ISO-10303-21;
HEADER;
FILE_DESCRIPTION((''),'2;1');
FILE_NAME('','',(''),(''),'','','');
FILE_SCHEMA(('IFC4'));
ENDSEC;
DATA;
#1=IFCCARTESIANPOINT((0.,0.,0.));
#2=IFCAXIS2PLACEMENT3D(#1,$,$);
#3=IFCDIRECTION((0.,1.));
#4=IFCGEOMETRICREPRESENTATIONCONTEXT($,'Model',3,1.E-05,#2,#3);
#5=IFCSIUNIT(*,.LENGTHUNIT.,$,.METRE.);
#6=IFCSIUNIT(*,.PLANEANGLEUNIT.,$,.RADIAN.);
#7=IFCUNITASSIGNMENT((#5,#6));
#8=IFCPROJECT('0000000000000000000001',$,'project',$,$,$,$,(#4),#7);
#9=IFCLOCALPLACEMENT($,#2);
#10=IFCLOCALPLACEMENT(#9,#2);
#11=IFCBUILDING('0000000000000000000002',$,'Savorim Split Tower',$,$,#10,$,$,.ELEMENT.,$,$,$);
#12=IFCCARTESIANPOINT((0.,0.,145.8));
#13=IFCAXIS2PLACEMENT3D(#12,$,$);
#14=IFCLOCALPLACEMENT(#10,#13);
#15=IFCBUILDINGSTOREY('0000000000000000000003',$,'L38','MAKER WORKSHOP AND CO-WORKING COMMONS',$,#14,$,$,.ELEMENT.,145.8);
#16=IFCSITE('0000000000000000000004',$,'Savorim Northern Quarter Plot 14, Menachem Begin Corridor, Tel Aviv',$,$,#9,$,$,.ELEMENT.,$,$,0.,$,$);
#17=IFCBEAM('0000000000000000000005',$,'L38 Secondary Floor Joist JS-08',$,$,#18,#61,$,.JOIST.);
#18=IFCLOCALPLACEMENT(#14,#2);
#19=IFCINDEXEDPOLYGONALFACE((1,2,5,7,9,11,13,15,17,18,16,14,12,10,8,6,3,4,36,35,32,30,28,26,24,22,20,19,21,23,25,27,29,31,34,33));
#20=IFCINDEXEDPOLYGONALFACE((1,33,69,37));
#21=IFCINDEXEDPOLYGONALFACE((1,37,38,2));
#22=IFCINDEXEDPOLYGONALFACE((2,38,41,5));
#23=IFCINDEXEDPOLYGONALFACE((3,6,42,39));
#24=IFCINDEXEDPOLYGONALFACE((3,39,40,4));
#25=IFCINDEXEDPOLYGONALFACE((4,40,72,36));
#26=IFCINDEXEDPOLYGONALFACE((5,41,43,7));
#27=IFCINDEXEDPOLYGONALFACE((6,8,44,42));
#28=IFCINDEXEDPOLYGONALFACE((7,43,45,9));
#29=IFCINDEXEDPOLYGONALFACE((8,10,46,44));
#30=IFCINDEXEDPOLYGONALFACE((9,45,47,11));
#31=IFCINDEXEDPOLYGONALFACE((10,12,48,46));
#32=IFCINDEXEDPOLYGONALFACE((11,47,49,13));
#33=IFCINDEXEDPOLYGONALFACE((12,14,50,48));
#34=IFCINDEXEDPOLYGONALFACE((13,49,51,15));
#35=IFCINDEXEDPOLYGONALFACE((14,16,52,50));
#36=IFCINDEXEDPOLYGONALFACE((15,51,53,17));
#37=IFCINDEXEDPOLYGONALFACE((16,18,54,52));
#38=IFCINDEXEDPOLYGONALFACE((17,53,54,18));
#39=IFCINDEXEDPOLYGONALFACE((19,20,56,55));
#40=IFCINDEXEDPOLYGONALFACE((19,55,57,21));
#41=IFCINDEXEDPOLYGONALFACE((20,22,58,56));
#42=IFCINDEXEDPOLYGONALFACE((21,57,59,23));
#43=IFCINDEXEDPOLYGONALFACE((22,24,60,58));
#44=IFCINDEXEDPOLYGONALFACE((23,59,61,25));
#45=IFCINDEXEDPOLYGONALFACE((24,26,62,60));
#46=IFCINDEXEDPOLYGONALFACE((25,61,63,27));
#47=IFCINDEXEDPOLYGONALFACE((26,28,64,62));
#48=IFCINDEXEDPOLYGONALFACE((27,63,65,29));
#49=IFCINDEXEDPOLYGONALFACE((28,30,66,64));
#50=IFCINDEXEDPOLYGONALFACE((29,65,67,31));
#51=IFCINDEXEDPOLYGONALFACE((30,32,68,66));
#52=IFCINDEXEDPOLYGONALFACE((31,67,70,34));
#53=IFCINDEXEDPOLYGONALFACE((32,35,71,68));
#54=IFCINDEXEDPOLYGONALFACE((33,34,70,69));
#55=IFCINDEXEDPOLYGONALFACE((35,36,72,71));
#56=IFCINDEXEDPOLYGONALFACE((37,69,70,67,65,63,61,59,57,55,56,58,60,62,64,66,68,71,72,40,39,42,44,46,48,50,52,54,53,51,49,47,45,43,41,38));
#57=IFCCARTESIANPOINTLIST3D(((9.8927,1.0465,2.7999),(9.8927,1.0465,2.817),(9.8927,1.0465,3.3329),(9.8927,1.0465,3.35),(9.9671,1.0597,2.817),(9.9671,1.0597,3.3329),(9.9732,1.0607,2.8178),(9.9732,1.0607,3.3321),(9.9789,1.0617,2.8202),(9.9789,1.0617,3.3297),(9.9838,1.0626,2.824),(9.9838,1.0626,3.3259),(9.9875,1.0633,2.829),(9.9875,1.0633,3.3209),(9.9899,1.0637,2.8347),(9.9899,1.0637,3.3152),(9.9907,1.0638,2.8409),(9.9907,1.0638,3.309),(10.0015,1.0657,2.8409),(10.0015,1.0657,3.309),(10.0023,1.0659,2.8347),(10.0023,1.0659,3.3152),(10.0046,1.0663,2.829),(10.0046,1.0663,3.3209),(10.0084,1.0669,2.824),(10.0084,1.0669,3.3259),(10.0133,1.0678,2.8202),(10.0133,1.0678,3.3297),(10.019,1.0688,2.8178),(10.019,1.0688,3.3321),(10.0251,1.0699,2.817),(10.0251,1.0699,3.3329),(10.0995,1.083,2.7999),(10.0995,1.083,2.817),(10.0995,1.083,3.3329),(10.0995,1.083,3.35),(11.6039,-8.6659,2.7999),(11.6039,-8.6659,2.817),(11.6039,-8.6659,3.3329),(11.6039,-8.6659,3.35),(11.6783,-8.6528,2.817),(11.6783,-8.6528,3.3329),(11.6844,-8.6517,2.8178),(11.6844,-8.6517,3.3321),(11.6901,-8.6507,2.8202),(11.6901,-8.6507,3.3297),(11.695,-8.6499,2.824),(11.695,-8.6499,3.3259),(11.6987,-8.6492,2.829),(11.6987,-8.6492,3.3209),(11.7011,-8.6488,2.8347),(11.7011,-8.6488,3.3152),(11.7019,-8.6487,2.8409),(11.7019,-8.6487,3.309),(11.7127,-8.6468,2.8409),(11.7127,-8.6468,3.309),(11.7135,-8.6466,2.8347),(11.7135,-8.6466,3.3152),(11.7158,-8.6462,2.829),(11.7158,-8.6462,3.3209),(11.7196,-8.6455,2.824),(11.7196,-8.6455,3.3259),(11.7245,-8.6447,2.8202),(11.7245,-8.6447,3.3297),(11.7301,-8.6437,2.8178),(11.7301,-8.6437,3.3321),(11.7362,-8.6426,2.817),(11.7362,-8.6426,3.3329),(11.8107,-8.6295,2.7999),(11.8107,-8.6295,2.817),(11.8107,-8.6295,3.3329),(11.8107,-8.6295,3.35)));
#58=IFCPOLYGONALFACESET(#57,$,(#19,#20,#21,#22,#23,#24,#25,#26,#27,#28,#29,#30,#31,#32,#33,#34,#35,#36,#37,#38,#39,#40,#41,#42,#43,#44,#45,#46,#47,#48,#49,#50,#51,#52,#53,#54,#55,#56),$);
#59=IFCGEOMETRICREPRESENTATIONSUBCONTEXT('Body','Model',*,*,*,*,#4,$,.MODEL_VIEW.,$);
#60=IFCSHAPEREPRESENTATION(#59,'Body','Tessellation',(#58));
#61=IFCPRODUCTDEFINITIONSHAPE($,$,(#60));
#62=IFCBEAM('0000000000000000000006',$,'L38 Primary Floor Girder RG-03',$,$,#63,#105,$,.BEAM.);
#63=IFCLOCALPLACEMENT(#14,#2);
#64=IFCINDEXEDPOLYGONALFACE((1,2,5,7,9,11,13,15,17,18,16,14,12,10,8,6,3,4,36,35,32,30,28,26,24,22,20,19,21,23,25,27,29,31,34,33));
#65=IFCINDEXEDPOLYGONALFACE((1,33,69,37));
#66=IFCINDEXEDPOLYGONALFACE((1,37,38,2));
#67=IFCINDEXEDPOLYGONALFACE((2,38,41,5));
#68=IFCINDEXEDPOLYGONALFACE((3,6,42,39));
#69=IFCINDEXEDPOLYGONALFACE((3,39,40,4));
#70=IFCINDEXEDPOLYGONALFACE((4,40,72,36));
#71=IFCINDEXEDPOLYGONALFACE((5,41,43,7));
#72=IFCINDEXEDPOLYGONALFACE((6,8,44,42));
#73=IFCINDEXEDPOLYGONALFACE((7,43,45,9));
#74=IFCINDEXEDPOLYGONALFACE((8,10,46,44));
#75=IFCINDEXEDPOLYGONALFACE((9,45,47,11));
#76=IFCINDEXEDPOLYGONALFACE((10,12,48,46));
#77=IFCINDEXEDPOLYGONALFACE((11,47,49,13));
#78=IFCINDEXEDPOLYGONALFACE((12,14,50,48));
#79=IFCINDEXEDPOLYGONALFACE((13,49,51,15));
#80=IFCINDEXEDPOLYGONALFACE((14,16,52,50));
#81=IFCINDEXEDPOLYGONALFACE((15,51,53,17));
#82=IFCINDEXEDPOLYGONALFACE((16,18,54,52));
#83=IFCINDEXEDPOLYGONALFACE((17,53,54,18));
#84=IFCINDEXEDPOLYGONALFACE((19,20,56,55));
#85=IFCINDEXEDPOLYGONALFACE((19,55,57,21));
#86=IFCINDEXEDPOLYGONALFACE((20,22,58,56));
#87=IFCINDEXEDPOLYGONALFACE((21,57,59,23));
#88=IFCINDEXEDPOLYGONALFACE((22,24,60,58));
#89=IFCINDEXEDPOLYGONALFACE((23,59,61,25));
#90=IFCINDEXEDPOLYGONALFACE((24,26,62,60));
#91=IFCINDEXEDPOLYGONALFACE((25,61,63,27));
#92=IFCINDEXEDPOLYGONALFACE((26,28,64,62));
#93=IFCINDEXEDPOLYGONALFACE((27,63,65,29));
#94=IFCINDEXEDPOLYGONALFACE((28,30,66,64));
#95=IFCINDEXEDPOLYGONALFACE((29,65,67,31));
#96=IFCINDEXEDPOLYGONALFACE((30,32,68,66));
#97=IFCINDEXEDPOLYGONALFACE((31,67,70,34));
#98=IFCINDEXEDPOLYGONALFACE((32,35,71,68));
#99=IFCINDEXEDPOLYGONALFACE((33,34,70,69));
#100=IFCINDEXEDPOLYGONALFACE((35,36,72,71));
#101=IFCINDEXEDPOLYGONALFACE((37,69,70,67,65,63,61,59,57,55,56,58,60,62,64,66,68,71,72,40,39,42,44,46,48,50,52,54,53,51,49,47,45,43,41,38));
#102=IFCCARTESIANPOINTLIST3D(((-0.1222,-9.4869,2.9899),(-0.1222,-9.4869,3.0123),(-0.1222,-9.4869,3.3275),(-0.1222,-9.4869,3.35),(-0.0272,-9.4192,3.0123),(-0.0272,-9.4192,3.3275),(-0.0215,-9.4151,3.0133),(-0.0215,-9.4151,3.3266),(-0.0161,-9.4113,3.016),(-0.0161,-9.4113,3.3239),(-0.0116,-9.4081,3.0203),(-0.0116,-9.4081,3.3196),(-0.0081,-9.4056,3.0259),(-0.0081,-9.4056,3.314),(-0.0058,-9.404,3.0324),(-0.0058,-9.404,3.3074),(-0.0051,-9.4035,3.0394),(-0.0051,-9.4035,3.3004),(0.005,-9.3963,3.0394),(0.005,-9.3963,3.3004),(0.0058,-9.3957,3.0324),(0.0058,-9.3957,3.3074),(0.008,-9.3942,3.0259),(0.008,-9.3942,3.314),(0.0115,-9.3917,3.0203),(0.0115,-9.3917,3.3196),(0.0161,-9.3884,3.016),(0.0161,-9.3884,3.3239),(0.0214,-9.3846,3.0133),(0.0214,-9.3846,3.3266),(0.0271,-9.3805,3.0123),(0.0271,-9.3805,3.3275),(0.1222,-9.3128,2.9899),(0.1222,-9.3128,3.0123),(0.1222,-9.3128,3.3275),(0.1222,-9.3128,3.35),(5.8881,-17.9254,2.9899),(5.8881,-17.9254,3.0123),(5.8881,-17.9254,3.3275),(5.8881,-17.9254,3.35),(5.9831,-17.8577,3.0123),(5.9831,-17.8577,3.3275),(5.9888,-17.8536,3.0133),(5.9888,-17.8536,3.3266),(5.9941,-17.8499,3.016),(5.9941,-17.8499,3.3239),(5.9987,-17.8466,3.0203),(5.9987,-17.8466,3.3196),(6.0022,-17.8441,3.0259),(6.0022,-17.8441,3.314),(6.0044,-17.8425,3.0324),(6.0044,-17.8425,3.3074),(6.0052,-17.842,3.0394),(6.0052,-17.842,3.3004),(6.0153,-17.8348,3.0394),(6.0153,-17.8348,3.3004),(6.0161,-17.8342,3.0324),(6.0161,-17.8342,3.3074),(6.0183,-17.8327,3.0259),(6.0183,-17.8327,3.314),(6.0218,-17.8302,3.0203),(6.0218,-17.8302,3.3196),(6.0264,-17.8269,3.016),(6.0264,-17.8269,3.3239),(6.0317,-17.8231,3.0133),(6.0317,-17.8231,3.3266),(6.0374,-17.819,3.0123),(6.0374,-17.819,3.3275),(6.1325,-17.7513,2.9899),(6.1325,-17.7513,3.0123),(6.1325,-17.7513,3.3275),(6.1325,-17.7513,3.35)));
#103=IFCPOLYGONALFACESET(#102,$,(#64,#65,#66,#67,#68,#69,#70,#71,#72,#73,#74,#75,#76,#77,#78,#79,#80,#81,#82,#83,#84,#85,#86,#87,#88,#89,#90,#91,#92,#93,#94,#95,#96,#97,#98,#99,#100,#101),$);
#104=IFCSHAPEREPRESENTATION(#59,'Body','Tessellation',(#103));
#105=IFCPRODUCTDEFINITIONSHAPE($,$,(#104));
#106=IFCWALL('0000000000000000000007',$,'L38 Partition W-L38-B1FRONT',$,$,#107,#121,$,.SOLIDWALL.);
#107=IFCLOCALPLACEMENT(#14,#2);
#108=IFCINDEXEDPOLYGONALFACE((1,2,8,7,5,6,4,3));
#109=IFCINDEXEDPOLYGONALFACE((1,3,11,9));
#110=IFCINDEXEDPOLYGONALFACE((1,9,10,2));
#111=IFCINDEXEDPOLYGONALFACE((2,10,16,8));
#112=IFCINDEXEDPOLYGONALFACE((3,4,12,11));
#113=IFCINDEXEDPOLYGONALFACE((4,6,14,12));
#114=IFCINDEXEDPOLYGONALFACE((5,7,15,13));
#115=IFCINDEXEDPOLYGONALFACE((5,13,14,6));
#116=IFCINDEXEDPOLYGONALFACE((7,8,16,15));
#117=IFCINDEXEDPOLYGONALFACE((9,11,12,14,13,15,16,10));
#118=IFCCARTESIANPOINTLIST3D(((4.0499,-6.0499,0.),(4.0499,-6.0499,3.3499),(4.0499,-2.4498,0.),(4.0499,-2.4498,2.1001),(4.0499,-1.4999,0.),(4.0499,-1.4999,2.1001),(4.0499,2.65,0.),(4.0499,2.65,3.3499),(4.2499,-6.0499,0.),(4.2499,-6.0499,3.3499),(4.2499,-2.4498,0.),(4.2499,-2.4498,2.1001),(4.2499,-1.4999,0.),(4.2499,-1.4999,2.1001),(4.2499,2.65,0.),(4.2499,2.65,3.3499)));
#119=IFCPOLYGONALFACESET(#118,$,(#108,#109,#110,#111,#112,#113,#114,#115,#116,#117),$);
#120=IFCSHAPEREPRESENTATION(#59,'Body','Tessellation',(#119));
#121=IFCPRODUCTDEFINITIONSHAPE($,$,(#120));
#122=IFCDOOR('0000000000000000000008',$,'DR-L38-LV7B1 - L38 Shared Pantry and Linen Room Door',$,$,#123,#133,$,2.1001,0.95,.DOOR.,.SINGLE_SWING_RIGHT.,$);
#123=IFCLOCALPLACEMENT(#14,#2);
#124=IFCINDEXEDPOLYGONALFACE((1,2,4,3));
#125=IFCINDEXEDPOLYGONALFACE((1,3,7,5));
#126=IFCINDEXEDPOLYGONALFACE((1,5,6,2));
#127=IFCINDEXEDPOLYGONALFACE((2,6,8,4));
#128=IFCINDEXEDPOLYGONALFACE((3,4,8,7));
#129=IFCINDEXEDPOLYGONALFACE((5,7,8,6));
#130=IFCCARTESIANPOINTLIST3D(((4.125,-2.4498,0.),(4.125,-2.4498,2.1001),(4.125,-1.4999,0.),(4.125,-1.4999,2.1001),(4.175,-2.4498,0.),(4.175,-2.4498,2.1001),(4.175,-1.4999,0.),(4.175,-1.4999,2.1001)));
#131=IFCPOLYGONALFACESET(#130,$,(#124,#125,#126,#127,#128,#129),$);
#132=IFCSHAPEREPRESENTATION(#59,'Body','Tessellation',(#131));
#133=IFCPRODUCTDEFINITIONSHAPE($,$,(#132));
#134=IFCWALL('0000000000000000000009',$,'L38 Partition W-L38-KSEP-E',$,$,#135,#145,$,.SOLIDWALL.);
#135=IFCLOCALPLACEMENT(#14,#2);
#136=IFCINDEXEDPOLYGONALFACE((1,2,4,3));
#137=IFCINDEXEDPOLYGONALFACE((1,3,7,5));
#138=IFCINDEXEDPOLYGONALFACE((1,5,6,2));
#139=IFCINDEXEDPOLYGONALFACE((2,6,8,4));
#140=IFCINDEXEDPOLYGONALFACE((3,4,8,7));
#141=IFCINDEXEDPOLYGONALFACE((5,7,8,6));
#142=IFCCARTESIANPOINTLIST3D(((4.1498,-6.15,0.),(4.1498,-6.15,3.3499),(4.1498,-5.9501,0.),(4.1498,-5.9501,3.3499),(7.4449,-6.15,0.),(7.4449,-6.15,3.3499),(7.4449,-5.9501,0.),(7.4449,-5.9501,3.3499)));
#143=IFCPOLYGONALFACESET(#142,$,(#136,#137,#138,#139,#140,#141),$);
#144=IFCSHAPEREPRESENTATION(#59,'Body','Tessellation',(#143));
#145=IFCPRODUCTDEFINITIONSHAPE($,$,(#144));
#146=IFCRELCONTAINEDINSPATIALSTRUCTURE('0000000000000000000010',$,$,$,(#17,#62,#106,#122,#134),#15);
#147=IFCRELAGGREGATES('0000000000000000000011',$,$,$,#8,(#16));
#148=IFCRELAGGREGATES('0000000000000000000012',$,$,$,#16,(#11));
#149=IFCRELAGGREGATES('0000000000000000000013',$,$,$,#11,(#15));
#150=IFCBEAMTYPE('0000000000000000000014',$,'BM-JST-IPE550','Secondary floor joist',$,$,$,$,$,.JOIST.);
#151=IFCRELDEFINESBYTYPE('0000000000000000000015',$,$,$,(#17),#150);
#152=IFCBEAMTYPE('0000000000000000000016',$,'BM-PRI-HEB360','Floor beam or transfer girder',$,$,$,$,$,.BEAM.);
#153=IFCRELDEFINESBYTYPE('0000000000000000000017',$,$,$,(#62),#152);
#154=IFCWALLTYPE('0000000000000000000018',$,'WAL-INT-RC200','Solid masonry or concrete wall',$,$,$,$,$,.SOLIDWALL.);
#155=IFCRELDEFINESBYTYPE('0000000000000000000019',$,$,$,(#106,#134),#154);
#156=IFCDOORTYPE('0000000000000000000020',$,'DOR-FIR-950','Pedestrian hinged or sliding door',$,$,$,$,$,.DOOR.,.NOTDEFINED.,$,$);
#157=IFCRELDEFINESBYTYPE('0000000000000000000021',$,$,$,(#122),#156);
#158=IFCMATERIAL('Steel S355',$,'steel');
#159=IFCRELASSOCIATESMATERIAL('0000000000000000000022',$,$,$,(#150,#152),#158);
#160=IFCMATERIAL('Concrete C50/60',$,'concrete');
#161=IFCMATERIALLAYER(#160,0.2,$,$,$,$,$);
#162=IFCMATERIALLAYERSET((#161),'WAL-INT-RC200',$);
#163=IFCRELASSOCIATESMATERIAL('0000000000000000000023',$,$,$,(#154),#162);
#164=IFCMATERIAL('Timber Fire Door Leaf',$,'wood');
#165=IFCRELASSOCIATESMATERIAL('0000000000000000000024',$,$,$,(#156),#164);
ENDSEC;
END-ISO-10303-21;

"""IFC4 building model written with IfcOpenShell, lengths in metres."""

from ifc_helpers import new_model, si_unit, direction, frame, frame_2d, origin, origin_2d, place, context, subcontext, project, spatial, rectangle, i_section, extrude, material, layer, layer_set, material_profile, profile_set, type_object, element, fill, save


model = new_model("IFC4")

# Units and contexts
model_context = context("Model", 3, precision=1e-05, world=origin(), true_north=direction((0.0, 1.0)))
body_context = subcontext(model_context, "Body", "Model", "MODEL_VIEW")
ifc_project = project(units=[si_unit("LENGTHUNIT", "METRE"), si_unit("PLANEANGLEUNIT", "RADIAN")], contexts=[model_context])

# Site, building, storey
site_placement = place(None, origin())
site = spatial("IfcSite", under=ifc_project, at=site_placement, Name="Savorim Northern Quarter Plot 14, Menachem Begin Corridor, Tel Aviv", CompositionType="ELEMENT", RefElevation=0.0)
building_placement = place(site_placement, origin())
building = spatial("IfcBuilding", under=site, at=building_placement, Name="Savorim Split Tower", CompositionType="ELEMENT")
storey_placement = place(building_placement, frame((0.0, 0.0, 145.8)))
storey = spatial("IfcBuildingStorey", under=building, at=storey_placement, Name="L38", Description="MAKER WORKSHOP AND CO-WORKING COMMONS", CompositionType="ELEMENT", Elevation=145.8)

# Beams
ifc_material_1 = material(Name="Steel S355", Category="steel")
ifc_material_profile_1 = material_profile(ifc_material_1, i_section(OverallWidth=0.21, OverallDepth=0.55, WebThickness=0.011, FlangeThickness=0.0171, FilletRadius=0.0239, at=origin_2d()), Name="IPE 550")
ifc_profile_set_1 = profile_set([ifc_material_profile_1], Name="Steel S355")
beam_type_1 = type_object("IfcBeamType", Name="BM-JST-IPE550", Description="Secondary floor joist", PredefinedType="JOIST", material=ifc_profile_set_1)
beam_1_placement = place(storey_placement, frame((11.7073, -8.6477, 3.075), z_axis=(-0.173513, 0.984832, 0.0), x_axis=(-0.984832, -0.173513, 0.0)))
element("IfcBeam", 1, at=beam_1_placement, inside=storey, type_object=beam_type_1, Name="L38 Secondary Floor Joist JS-08", PredefinedType="JOIST", context=body_context, shape_type="SweptSolid", body=[
    extrude(i_section(OverallWidth=0.21, OverallDepth=0.55, WebThickness=0.011, FlangeThickness=0.0171, FilletRadius=0.0239, at=origin_2d()), origin(), (0.0, 0.0, 1.0), 9.8621),
])
ifc_material_profile_2 = material_profile(ifc_material_1, i_section(OverallWidth=0.3, OverallDepth=0.3601, WebThickness=0.0125, FlangeThickness=0.0225, FilletRadius=0.0271, at=origin_2d()), Name="HEB 360")
ifc_profile_set_2 = profile_set([ifc_material_profile_2], Name="Steel S355")
beam_type_2 = type_object("IfcBeamType", Name="BM-PRI-HEB360", Description="Floor beam or transfer girder", PredefinedType="BEAM", material=ifc_profile_set_2)
beam_2_placement = place(storey_placement, frame((6.0103, -17.8384, 3.1699), z_axis=(-0.580136, 0.814519, 0.0), x_axis=(-0.814519, -0.580136, 0.0)))
element("IfcBeam", 2, at=beam_2_placement, inside=storey, type_object=beam_type_2, Name="L38 Primary Floor Girder RG-03", PredefinedType="BEAM", context=body_context, shape_type="SweptSolid", body=[
    extrude(i_section(OverallWidth=0.3, OverallDepth=0.3601, WebThickness=0.0125, FlangeThickness=0.0225, FilletRadius=0.0271, at=origin_2d()), origin(), (0.0, 0.0, 1.0), 10.3601),
])

# Wall, opening, door
ifc_material_2 = material(Name="Concrete C50/60", Category="concrete")
ifc_layer_1 = layer(ifc_material_2, 0.2)
ifc_layer_set_1 = layer_set([ifc_layer_1], Name="WAL-INT-RC200")
wall_type_1 = type_object("IfcWallType", Name="WAL-INT-RC200", Description="Solid masonry or concrete wall", PredefinedType="SOLIDWALL", material=ifc_layer_set_1)
wall_1_placement = place(storey_placement, frame((4.1499, -6.05, 0.0), z_axis=(0.0, 0.0, 1.0), x_axis=(0.0, 1.0, 0.0)))
wall_1 = element("IfcWall", 3, at=wall_1_placement, inside=storey, type_object=wall_type_1, Name="L38 Partition W-L38-B1FRONT", PredefinedType="SOLIDWALL", context=body_context, shape_type="SweptSolid", body=[
    extrude(rectangle(XDim=8.7, YDim=0.2, at=frame_2d((4.3501, 0.0))), origin(), (0.0, 0.0, 1.0), 3.3499),
])
opening_1_placement = place(wall_1_placement, frame((3.6001, 0.0, 0.0)))
opening_1 = element("IfcOpeningElement", 4, at=opening_1_placement, cuts=wall_1, PredefinedType="OPENING", context=body_context, shape_type="SweptSolid", body=[
    extrude(rectangle(XDim=0.95, YDim=2.1001, at=frame_2d((0.4751, 1.05))), frame((0.0, 0.1099, 0.0), z_axis=(0.0, -1.0, 0.0), x_axis=(1.0, 0.0, 0.0)), (0.0, 0.0, 1.0), 0.22),
])
ifc_material_3 = material(Name="Timber Fire Door Leaf", Category="wood")
door_type_1 = type_object("IfcDoorType", Name="DOR-FIR-950", Description="Pedestrian hinged or sliding door", OperationType="NOTDEFINED", PredefinedType="DOOR", material=ifc_material_3)
door_1_placement = place(opening_1_placement, origin())
door_1 = element("IfcDoor", 5, at=door_1_placement, inside=storey, type_object=door_type_1, Name="DR-L38-LV7B1 - L38 Shared Pantry and Linen Room Door", OperationType="SINGLE_SWING_RIGHT", OverallHeight=2.1001, OverallWidth=0.95, PredefinedType="DOOR", context=body_context, shape_type="SweptSolid", body=[
    extrude(rectangle(XDim=0.95, YDim=2.1001, at=frame_2d((0.4751, 1.05))), frame((0.0, 0.0249, 0.0), z_axis=(0.0, -1.0, 0.0), x_axis=(1.0, 0.0, 0.0)), (0.0, 0.0, 1.0), 0.05),
])
fill(opening_1, door_1)

# Wall
wall_2_placement = place(storey_placement, frame((4.1499, -6.05, 0.0), z_axis=(0.0, 0.0, 1.0), x_axis=(1.0, 0.0, 0.0)))
element("IfcWall", 6, at=wall_2_placement, inside=storey, type_object=wall_type_1, Name="L38 Partition W-L38-KSEP-E", PredefinedType="SOLIDWALL", context=body_context, shape_type="SweptSolid", body=[
    extrude(rectangle(XDim=3.2952, YDim=0.2, at=frame_2d((1.6475, 0.0))), origin(), (0.0, 0.0, 1.0), 3.3499),
])

save(model, "model.ifc")
